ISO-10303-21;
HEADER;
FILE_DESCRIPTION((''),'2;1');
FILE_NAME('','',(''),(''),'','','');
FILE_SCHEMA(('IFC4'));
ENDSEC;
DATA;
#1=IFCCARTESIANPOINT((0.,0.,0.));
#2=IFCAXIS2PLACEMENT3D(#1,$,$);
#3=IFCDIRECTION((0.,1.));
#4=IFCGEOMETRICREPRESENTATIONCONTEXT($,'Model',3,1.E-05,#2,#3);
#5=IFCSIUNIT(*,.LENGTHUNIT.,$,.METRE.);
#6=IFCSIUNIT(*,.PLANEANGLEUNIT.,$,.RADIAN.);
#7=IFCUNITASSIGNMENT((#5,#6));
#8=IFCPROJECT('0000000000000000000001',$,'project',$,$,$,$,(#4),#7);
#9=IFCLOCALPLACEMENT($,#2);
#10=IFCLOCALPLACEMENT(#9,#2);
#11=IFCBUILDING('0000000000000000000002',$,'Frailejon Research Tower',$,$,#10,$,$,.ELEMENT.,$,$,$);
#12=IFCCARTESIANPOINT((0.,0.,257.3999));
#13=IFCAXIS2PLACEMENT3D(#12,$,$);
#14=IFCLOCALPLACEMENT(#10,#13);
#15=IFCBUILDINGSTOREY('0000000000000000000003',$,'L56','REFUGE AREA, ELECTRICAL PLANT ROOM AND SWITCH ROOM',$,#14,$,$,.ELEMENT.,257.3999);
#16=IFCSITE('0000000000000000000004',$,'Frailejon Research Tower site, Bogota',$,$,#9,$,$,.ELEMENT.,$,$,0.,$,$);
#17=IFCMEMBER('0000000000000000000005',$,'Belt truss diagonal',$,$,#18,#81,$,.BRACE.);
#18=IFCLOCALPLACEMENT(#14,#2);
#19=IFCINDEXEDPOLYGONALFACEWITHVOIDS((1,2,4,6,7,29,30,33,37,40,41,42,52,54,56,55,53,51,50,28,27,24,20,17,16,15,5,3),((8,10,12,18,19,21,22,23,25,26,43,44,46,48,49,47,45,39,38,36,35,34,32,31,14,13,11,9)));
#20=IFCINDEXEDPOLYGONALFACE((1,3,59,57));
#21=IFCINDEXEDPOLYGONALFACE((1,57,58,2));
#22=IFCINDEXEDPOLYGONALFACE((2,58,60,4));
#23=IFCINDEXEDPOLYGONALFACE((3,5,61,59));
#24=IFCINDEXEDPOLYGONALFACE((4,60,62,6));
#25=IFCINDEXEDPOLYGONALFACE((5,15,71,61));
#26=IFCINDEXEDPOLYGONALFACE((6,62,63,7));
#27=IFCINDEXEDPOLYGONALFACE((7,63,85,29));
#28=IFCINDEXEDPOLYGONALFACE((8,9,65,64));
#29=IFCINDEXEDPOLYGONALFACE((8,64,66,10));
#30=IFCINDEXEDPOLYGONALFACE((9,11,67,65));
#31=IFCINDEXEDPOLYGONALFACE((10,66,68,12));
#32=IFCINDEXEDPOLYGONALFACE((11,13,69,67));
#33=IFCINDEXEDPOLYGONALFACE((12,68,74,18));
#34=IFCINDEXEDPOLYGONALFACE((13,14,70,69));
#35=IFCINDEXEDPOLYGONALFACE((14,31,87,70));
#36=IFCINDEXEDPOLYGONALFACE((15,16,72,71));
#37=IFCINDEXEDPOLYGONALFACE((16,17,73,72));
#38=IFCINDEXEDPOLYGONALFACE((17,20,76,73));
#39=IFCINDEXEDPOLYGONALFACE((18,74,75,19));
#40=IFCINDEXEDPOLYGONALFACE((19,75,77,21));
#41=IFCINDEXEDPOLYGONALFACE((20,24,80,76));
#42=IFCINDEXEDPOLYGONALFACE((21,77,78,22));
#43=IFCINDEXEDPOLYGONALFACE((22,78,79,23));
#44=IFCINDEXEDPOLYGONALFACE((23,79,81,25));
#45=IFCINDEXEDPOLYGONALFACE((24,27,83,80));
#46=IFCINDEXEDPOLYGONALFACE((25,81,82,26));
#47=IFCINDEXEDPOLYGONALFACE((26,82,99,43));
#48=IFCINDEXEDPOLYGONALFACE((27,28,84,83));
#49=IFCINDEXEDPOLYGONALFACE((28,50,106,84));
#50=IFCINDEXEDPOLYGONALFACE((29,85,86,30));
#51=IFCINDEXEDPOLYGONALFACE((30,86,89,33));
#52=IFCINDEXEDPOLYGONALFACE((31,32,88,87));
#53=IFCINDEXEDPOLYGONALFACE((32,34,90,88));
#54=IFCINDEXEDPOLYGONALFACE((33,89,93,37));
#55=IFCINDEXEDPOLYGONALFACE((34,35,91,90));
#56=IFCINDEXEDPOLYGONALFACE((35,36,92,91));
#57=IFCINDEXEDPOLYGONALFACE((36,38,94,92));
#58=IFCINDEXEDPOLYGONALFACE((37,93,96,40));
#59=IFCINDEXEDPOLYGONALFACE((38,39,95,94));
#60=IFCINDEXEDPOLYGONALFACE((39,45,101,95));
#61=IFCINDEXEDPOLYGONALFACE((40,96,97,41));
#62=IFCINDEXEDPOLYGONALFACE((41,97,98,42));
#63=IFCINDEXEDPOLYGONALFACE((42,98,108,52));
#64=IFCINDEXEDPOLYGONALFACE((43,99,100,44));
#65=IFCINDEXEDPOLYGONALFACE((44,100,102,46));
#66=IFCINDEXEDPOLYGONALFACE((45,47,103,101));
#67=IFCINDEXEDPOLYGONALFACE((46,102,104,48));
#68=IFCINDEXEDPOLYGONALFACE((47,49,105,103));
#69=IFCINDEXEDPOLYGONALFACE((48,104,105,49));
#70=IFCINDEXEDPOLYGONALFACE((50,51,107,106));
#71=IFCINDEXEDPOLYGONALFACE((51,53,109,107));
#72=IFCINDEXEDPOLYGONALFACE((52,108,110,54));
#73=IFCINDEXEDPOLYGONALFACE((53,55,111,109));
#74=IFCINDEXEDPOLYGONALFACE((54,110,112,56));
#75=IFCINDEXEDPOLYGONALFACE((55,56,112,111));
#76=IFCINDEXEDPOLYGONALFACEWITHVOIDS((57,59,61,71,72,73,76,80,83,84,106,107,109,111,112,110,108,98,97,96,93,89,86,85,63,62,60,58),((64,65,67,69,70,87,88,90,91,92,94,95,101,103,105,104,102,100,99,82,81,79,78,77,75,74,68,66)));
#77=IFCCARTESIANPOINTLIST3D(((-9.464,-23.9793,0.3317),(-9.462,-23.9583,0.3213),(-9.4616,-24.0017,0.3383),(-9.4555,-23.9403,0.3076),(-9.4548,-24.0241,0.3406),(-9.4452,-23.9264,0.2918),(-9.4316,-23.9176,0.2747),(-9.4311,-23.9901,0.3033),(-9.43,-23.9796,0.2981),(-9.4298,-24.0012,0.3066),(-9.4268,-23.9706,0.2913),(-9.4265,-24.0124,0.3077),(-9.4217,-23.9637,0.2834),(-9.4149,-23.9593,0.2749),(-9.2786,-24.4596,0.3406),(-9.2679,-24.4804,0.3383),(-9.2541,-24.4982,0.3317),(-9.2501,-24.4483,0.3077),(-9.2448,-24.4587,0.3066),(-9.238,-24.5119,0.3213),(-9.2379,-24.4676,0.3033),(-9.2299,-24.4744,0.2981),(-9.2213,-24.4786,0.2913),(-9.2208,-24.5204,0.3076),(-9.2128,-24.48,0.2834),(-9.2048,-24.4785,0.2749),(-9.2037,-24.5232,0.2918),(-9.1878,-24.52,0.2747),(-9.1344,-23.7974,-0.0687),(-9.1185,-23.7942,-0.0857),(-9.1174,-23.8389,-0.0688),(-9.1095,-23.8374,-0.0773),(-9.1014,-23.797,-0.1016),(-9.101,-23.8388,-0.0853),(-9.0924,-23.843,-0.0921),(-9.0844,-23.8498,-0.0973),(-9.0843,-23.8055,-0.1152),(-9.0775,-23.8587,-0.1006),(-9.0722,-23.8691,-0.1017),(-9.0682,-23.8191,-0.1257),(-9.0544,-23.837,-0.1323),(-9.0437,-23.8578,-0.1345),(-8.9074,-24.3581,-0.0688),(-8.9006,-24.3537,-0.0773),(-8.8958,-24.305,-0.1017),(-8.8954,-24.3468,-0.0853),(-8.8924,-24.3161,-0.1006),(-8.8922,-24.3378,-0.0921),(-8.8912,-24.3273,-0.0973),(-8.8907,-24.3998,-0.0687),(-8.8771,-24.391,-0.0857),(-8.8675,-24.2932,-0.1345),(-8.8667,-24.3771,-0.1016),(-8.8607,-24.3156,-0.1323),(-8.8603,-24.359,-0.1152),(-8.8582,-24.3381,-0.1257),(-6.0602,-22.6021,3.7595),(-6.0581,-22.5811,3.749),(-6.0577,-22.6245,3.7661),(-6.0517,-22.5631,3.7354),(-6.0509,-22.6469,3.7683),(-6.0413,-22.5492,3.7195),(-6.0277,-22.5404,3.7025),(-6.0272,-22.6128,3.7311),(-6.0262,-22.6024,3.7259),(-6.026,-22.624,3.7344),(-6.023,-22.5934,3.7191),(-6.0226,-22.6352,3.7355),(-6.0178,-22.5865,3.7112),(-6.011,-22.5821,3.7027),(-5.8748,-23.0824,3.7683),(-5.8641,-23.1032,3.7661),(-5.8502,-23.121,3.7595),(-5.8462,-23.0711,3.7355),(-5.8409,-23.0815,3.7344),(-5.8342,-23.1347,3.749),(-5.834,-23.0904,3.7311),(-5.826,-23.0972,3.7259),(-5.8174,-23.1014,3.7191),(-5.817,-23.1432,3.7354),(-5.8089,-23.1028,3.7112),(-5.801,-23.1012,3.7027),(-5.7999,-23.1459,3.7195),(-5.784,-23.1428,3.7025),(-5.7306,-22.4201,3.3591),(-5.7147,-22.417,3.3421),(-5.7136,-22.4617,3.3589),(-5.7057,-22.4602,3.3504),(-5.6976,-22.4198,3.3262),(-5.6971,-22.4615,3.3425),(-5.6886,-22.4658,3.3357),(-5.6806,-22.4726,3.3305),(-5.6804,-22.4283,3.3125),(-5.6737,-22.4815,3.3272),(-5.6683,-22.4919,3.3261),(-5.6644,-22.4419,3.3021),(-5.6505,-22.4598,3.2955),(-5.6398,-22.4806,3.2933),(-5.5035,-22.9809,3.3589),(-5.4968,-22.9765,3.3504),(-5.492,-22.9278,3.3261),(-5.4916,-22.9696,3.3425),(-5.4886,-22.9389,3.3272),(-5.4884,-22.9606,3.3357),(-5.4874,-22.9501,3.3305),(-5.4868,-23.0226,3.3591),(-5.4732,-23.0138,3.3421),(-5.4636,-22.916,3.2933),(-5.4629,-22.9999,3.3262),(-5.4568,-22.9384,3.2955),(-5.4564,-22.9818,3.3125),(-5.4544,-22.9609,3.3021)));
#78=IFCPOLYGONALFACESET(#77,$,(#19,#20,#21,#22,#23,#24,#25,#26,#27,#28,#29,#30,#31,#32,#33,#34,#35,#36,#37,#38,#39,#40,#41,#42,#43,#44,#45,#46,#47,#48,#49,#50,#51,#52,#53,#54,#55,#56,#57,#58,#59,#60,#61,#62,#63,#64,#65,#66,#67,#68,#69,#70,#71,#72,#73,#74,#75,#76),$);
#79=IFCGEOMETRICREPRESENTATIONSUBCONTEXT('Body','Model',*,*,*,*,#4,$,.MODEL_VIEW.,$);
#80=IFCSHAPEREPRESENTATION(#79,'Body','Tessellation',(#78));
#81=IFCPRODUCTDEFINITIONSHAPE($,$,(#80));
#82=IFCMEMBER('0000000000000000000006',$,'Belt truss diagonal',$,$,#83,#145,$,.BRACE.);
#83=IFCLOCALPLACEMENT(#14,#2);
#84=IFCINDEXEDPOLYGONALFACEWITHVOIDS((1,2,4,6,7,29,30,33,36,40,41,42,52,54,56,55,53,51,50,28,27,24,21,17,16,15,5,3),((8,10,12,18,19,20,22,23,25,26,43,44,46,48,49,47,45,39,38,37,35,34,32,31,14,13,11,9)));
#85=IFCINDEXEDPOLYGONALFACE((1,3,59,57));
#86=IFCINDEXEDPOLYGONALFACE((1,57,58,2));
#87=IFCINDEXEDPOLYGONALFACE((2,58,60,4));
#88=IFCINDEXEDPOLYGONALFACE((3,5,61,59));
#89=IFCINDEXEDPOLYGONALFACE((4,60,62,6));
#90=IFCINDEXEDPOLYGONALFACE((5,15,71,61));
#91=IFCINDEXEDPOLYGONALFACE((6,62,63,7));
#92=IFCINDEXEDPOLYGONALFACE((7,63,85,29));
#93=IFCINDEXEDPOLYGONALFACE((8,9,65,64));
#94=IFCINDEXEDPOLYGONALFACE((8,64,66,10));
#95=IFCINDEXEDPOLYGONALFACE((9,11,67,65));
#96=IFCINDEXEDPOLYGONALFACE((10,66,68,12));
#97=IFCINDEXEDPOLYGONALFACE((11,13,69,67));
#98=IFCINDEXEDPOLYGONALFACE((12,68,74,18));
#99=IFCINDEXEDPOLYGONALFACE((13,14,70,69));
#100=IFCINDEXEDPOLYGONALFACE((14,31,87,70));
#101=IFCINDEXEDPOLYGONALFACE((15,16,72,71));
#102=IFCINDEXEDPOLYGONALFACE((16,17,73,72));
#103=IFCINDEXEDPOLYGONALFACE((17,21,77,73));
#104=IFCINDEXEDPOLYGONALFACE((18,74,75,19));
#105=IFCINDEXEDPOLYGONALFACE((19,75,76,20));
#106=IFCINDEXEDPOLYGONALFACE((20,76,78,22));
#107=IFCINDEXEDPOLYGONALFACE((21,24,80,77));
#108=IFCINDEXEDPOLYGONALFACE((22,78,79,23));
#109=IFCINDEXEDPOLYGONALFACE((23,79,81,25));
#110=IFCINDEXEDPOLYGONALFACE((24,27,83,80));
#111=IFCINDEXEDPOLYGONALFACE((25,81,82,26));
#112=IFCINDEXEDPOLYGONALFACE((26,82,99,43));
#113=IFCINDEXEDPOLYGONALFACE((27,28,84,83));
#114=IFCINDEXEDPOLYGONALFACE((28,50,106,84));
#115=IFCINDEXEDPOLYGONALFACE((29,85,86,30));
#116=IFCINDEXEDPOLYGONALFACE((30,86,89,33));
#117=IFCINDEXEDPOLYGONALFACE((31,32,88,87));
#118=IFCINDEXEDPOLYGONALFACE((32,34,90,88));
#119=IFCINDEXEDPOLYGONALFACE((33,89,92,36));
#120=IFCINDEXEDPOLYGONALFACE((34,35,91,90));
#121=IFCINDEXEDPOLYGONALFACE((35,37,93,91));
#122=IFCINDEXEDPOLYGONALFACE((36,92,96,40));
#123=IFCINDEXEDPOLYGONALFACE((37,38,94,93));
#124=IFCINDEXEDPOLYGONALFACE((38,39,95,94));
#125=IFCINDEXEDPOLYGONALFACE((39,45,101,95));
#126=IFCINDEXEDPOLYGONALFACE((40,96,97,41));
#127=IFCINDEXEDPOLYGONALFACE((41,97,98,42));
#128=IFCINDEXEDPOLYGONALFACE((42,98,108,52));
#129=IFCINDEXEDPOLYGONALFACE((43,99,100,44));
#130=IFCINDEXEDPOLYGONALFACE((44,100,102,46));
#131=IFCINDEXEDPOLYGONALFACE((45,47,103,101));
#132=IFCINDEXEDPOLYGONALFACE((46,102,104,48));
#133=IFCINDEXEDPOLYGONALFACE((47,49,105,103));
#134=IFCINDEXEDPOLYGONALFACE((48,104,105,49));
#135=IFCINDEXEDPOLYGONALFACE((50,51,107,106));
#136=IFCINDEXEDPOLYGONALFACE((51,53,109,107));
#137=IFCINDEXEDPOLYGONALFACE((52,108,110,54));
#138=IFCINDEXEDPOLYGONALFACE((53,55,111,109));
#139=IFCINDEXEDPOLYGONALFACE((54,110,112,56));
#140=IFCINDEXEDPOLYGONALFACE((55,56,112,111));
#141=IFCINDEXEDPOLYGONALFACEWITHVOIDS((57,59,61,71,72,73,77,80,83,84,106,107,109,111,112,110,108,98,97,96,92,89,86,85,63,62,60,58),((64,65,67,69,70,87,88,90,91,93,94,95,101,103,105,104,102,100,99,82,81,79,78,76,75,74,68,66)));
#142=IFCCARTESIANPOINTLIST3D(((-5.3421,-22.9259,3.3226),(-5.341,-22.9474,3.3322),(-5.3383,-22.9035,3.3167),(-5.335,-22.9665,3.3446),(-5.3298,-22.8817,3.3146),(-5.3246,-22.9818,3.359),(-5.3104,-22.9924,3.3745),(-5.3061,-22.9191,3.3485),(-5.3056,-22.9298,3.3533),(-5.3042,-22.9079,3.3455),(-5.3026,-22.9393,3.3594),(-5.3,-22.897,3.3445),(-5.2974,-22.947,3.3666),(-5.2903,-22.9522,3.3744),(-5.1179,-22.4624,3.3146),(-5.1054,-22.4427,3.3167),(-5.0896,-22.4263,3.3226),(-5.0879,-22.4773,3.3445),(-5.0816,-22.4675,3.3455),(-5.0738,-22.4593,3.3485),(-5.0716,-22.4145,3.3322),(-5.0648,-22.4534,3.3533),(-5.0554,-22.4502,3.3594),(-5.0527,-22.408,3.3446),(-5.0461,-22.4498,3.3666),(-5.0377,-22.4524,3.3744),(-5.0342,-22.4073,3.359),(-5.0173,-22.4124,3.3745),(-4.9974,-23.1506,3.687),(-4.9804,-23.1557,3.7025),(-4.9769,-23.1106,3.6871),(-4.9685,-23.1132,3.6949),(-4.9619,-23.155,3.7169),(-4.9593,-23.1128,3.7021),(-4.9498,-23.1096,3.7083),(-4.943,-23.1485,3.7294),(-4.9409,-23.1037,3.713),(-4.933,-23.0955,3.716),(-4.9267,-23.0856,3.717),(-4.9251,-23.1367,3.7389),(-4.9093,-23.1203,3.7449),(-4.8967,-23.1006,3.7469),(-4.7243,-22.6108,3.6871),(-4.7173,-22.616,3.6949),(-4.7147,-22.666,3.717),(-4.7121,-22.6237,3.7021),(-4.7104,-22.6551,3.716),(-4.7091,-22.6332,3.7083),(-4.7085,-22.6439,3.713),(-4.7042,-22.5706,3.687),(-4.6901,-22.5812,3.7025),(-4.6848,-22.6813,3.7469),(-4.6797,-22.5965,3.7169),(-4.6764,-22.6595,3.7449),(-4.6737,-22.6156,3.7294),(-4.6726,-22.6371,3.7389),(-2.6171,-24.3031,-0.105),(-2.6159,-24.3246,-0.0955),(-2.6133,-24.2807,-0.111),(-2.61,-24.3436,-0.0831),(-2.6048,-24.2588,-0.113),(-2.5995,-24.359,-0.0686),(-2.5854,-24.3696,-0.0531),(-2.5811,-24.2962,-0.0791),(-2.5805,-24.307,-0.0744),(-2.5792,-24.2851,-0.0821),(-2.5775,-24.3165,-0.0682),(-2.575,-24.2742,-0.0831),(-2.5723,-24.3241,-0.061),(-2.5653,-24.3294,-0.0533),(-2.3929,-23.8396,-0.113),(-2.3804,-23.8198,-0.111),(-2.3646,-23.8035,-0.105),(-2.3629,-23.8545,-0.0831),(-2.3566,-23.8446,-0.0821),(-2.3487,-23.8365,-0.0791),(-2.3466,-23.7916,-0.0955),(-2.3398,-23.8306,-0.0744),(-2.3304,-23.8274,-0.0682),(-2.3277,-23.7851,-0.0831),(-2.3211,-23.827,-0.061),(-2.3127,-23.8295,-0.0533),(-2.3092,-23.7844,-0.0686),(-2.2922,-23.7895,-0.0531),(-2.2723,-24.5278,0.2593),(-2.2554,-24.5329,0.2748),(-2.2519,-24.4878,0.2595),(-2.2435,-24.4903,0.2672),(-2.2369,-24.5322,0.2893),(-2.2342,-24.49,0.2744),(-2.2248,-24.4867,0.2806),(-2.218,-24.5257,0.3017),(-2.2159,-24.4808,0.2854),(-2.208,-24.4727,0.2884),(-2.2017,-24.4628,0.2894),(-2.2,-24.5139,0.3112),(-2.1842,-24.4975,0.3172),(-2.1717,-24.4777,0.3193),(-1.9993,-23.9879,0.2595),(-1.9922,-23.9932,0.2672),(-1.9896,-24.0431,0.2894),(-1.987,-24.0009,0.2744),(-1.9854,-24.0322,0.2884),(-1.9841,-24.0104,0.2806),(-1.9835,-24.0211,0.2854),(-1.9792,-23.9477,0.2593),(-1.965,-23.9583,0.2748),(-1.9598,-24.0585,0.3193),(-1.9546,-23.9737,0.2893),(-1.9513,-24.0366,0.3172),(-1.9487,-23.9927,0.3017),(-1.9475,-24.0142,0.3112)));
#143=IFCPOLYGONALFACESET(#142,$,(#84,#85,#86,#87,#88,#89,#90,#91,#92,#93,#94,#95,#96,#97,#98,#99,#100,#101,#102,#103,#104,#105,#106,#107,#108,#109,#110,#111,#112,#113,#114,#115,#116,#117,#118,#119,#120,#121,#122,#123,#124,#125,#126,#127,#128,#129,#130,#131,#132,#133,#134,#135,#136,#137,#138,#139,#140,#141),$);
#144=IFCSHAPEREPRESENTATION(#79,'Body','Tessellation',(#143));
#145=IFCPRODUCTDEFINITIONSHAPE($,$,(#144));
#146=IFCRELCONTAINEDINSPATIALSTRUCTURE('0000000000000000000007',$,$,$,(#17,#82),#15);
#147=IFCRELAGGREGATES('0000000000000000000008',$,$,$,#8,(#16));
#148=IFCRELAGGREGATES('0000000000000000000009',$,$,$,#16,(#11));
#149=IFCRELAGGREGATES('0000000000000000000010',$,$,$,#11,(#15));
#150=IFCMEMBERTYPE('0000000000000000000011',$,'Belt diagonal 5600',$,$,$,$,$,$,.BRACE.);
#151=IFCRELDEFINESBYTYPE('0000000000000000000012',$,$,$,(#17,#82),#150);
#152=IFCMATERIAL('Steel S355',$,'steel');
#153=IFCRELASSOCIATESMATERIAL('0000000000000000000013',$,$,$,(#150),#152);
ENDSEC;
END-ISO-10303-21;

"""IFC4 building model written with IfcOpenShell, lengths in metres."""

from ifc_helpers import new_model, si_unit, direction, frame, origin, origin_2d, place, context, subcontext, project, spatial, hollow_rectangle, extrude, material, material_profile, profile_set, type_object, element, save


model = new_model("IFC4")

# Units and contexts
model_context = context("Model", 3, precision=1e-05, world=origin(), true_north=direction((0.0, 1.0)))
body_context = subcontext(model_context, "Body", "Model", "MODEL_VIEW")
ifc_project = project(units=[si_unit("LENGTHUNIT", "METRE"), si_unit("PLANEANGLEUNIT", "RADIAN")], contexts=[model_context])

# Site, building, storey
site_placement = place(None, origin())
site = spatial("IfcSite", under=ifc_project, at=site_placement, Name="Frailejon Research Tower site, Bogota", CompositionType="ELEMENT", RefElevation=0.0)
building_placement = place(site_placement, origin())
building = spatial("IfcBuilding", under=site, at=building_placement, Name="Frailejon Research Tower", CompositionType="ELEMENT")
storey_placement = place(building_placement, frame((0.0, 0.0, 257.3999)))
storey = spatial("IfcBuildingStorey", under=building, at=storey_placement, Name="L56", Description="REFUGE AREA, ELECTRICAL PLANT ROOM AND SWITCH ROOM", CompositionType="ELEMENT", Elevation=257.3999)

# Members
ifc_material_1 = material(Name="Steel S355", Category="steel")
ifc_material_profile_1 = material_profile(ifc_material_1, hollow_rectangle(XDim=0.6499, YDim=0.6499, WallThickness=0.0449, InnerFilletRadius=0.0449, OuterFilletRadius=0.0901, at=origin_2d()), Name="Belt diagonal 5600")
ifc_profile_set_1 = profile_set([ifc_material_profile_1], Name="Steel S355")
member_type = type_object("IfcMemberType", Name="Belt diagonal 5600", PredefinedType="BRACE", material=ifc_profile_set_1)
member_1_placement = place(storey_placement, frame((-9.1611, -24.1587, 0.103), z_axis=(0.677625, 0.274171, 0.682389), x_axis=(-0.375068, 0.926997, 0.0)))
element("IfcMember", 1, at=member_1_placement, inside=storey, type_object=member_type, Name="Belt truss diagonal", PredefinedType="BRACE", context=body_context, shape_type="SweptSolid", body=[
    extrude(hollow_rectangle(XDim=0.6499, YDim=0.6499, WallThickness=0.0449, InnerFilletRadius=0.0449, OuterFilletRadius=0.0901, at=origin_2d()), origin(), (0.0, 0.0, 1.0), 5.0232),
])
member_2_placement = place(storey_placement, frame((-5.0073, -22.7815, 3.5308), z_axis=(0.593646, -0.300014, -0.746711), x_axis=(0.451047, 0.8925, 0.0)))
element("IfcMember", 2, at=member_2_placement, inside=storey, type_object=member_type, Name="Belt truss diagonal", PredefinedType="BRACE", context=body_context, shape_type="SweptSolid", body=[
    extrude(hollow_rectangle(XDim=0.6499, YDim=0.6499, WallThickness=0.0449, InnerFilletRadius=0.0449, OuterFilletRadius=0.0901, at=origin_2d()), origin(), (0.0, 0.0, 1.0), 4.5903),
])

save(model, "model.ifc")
